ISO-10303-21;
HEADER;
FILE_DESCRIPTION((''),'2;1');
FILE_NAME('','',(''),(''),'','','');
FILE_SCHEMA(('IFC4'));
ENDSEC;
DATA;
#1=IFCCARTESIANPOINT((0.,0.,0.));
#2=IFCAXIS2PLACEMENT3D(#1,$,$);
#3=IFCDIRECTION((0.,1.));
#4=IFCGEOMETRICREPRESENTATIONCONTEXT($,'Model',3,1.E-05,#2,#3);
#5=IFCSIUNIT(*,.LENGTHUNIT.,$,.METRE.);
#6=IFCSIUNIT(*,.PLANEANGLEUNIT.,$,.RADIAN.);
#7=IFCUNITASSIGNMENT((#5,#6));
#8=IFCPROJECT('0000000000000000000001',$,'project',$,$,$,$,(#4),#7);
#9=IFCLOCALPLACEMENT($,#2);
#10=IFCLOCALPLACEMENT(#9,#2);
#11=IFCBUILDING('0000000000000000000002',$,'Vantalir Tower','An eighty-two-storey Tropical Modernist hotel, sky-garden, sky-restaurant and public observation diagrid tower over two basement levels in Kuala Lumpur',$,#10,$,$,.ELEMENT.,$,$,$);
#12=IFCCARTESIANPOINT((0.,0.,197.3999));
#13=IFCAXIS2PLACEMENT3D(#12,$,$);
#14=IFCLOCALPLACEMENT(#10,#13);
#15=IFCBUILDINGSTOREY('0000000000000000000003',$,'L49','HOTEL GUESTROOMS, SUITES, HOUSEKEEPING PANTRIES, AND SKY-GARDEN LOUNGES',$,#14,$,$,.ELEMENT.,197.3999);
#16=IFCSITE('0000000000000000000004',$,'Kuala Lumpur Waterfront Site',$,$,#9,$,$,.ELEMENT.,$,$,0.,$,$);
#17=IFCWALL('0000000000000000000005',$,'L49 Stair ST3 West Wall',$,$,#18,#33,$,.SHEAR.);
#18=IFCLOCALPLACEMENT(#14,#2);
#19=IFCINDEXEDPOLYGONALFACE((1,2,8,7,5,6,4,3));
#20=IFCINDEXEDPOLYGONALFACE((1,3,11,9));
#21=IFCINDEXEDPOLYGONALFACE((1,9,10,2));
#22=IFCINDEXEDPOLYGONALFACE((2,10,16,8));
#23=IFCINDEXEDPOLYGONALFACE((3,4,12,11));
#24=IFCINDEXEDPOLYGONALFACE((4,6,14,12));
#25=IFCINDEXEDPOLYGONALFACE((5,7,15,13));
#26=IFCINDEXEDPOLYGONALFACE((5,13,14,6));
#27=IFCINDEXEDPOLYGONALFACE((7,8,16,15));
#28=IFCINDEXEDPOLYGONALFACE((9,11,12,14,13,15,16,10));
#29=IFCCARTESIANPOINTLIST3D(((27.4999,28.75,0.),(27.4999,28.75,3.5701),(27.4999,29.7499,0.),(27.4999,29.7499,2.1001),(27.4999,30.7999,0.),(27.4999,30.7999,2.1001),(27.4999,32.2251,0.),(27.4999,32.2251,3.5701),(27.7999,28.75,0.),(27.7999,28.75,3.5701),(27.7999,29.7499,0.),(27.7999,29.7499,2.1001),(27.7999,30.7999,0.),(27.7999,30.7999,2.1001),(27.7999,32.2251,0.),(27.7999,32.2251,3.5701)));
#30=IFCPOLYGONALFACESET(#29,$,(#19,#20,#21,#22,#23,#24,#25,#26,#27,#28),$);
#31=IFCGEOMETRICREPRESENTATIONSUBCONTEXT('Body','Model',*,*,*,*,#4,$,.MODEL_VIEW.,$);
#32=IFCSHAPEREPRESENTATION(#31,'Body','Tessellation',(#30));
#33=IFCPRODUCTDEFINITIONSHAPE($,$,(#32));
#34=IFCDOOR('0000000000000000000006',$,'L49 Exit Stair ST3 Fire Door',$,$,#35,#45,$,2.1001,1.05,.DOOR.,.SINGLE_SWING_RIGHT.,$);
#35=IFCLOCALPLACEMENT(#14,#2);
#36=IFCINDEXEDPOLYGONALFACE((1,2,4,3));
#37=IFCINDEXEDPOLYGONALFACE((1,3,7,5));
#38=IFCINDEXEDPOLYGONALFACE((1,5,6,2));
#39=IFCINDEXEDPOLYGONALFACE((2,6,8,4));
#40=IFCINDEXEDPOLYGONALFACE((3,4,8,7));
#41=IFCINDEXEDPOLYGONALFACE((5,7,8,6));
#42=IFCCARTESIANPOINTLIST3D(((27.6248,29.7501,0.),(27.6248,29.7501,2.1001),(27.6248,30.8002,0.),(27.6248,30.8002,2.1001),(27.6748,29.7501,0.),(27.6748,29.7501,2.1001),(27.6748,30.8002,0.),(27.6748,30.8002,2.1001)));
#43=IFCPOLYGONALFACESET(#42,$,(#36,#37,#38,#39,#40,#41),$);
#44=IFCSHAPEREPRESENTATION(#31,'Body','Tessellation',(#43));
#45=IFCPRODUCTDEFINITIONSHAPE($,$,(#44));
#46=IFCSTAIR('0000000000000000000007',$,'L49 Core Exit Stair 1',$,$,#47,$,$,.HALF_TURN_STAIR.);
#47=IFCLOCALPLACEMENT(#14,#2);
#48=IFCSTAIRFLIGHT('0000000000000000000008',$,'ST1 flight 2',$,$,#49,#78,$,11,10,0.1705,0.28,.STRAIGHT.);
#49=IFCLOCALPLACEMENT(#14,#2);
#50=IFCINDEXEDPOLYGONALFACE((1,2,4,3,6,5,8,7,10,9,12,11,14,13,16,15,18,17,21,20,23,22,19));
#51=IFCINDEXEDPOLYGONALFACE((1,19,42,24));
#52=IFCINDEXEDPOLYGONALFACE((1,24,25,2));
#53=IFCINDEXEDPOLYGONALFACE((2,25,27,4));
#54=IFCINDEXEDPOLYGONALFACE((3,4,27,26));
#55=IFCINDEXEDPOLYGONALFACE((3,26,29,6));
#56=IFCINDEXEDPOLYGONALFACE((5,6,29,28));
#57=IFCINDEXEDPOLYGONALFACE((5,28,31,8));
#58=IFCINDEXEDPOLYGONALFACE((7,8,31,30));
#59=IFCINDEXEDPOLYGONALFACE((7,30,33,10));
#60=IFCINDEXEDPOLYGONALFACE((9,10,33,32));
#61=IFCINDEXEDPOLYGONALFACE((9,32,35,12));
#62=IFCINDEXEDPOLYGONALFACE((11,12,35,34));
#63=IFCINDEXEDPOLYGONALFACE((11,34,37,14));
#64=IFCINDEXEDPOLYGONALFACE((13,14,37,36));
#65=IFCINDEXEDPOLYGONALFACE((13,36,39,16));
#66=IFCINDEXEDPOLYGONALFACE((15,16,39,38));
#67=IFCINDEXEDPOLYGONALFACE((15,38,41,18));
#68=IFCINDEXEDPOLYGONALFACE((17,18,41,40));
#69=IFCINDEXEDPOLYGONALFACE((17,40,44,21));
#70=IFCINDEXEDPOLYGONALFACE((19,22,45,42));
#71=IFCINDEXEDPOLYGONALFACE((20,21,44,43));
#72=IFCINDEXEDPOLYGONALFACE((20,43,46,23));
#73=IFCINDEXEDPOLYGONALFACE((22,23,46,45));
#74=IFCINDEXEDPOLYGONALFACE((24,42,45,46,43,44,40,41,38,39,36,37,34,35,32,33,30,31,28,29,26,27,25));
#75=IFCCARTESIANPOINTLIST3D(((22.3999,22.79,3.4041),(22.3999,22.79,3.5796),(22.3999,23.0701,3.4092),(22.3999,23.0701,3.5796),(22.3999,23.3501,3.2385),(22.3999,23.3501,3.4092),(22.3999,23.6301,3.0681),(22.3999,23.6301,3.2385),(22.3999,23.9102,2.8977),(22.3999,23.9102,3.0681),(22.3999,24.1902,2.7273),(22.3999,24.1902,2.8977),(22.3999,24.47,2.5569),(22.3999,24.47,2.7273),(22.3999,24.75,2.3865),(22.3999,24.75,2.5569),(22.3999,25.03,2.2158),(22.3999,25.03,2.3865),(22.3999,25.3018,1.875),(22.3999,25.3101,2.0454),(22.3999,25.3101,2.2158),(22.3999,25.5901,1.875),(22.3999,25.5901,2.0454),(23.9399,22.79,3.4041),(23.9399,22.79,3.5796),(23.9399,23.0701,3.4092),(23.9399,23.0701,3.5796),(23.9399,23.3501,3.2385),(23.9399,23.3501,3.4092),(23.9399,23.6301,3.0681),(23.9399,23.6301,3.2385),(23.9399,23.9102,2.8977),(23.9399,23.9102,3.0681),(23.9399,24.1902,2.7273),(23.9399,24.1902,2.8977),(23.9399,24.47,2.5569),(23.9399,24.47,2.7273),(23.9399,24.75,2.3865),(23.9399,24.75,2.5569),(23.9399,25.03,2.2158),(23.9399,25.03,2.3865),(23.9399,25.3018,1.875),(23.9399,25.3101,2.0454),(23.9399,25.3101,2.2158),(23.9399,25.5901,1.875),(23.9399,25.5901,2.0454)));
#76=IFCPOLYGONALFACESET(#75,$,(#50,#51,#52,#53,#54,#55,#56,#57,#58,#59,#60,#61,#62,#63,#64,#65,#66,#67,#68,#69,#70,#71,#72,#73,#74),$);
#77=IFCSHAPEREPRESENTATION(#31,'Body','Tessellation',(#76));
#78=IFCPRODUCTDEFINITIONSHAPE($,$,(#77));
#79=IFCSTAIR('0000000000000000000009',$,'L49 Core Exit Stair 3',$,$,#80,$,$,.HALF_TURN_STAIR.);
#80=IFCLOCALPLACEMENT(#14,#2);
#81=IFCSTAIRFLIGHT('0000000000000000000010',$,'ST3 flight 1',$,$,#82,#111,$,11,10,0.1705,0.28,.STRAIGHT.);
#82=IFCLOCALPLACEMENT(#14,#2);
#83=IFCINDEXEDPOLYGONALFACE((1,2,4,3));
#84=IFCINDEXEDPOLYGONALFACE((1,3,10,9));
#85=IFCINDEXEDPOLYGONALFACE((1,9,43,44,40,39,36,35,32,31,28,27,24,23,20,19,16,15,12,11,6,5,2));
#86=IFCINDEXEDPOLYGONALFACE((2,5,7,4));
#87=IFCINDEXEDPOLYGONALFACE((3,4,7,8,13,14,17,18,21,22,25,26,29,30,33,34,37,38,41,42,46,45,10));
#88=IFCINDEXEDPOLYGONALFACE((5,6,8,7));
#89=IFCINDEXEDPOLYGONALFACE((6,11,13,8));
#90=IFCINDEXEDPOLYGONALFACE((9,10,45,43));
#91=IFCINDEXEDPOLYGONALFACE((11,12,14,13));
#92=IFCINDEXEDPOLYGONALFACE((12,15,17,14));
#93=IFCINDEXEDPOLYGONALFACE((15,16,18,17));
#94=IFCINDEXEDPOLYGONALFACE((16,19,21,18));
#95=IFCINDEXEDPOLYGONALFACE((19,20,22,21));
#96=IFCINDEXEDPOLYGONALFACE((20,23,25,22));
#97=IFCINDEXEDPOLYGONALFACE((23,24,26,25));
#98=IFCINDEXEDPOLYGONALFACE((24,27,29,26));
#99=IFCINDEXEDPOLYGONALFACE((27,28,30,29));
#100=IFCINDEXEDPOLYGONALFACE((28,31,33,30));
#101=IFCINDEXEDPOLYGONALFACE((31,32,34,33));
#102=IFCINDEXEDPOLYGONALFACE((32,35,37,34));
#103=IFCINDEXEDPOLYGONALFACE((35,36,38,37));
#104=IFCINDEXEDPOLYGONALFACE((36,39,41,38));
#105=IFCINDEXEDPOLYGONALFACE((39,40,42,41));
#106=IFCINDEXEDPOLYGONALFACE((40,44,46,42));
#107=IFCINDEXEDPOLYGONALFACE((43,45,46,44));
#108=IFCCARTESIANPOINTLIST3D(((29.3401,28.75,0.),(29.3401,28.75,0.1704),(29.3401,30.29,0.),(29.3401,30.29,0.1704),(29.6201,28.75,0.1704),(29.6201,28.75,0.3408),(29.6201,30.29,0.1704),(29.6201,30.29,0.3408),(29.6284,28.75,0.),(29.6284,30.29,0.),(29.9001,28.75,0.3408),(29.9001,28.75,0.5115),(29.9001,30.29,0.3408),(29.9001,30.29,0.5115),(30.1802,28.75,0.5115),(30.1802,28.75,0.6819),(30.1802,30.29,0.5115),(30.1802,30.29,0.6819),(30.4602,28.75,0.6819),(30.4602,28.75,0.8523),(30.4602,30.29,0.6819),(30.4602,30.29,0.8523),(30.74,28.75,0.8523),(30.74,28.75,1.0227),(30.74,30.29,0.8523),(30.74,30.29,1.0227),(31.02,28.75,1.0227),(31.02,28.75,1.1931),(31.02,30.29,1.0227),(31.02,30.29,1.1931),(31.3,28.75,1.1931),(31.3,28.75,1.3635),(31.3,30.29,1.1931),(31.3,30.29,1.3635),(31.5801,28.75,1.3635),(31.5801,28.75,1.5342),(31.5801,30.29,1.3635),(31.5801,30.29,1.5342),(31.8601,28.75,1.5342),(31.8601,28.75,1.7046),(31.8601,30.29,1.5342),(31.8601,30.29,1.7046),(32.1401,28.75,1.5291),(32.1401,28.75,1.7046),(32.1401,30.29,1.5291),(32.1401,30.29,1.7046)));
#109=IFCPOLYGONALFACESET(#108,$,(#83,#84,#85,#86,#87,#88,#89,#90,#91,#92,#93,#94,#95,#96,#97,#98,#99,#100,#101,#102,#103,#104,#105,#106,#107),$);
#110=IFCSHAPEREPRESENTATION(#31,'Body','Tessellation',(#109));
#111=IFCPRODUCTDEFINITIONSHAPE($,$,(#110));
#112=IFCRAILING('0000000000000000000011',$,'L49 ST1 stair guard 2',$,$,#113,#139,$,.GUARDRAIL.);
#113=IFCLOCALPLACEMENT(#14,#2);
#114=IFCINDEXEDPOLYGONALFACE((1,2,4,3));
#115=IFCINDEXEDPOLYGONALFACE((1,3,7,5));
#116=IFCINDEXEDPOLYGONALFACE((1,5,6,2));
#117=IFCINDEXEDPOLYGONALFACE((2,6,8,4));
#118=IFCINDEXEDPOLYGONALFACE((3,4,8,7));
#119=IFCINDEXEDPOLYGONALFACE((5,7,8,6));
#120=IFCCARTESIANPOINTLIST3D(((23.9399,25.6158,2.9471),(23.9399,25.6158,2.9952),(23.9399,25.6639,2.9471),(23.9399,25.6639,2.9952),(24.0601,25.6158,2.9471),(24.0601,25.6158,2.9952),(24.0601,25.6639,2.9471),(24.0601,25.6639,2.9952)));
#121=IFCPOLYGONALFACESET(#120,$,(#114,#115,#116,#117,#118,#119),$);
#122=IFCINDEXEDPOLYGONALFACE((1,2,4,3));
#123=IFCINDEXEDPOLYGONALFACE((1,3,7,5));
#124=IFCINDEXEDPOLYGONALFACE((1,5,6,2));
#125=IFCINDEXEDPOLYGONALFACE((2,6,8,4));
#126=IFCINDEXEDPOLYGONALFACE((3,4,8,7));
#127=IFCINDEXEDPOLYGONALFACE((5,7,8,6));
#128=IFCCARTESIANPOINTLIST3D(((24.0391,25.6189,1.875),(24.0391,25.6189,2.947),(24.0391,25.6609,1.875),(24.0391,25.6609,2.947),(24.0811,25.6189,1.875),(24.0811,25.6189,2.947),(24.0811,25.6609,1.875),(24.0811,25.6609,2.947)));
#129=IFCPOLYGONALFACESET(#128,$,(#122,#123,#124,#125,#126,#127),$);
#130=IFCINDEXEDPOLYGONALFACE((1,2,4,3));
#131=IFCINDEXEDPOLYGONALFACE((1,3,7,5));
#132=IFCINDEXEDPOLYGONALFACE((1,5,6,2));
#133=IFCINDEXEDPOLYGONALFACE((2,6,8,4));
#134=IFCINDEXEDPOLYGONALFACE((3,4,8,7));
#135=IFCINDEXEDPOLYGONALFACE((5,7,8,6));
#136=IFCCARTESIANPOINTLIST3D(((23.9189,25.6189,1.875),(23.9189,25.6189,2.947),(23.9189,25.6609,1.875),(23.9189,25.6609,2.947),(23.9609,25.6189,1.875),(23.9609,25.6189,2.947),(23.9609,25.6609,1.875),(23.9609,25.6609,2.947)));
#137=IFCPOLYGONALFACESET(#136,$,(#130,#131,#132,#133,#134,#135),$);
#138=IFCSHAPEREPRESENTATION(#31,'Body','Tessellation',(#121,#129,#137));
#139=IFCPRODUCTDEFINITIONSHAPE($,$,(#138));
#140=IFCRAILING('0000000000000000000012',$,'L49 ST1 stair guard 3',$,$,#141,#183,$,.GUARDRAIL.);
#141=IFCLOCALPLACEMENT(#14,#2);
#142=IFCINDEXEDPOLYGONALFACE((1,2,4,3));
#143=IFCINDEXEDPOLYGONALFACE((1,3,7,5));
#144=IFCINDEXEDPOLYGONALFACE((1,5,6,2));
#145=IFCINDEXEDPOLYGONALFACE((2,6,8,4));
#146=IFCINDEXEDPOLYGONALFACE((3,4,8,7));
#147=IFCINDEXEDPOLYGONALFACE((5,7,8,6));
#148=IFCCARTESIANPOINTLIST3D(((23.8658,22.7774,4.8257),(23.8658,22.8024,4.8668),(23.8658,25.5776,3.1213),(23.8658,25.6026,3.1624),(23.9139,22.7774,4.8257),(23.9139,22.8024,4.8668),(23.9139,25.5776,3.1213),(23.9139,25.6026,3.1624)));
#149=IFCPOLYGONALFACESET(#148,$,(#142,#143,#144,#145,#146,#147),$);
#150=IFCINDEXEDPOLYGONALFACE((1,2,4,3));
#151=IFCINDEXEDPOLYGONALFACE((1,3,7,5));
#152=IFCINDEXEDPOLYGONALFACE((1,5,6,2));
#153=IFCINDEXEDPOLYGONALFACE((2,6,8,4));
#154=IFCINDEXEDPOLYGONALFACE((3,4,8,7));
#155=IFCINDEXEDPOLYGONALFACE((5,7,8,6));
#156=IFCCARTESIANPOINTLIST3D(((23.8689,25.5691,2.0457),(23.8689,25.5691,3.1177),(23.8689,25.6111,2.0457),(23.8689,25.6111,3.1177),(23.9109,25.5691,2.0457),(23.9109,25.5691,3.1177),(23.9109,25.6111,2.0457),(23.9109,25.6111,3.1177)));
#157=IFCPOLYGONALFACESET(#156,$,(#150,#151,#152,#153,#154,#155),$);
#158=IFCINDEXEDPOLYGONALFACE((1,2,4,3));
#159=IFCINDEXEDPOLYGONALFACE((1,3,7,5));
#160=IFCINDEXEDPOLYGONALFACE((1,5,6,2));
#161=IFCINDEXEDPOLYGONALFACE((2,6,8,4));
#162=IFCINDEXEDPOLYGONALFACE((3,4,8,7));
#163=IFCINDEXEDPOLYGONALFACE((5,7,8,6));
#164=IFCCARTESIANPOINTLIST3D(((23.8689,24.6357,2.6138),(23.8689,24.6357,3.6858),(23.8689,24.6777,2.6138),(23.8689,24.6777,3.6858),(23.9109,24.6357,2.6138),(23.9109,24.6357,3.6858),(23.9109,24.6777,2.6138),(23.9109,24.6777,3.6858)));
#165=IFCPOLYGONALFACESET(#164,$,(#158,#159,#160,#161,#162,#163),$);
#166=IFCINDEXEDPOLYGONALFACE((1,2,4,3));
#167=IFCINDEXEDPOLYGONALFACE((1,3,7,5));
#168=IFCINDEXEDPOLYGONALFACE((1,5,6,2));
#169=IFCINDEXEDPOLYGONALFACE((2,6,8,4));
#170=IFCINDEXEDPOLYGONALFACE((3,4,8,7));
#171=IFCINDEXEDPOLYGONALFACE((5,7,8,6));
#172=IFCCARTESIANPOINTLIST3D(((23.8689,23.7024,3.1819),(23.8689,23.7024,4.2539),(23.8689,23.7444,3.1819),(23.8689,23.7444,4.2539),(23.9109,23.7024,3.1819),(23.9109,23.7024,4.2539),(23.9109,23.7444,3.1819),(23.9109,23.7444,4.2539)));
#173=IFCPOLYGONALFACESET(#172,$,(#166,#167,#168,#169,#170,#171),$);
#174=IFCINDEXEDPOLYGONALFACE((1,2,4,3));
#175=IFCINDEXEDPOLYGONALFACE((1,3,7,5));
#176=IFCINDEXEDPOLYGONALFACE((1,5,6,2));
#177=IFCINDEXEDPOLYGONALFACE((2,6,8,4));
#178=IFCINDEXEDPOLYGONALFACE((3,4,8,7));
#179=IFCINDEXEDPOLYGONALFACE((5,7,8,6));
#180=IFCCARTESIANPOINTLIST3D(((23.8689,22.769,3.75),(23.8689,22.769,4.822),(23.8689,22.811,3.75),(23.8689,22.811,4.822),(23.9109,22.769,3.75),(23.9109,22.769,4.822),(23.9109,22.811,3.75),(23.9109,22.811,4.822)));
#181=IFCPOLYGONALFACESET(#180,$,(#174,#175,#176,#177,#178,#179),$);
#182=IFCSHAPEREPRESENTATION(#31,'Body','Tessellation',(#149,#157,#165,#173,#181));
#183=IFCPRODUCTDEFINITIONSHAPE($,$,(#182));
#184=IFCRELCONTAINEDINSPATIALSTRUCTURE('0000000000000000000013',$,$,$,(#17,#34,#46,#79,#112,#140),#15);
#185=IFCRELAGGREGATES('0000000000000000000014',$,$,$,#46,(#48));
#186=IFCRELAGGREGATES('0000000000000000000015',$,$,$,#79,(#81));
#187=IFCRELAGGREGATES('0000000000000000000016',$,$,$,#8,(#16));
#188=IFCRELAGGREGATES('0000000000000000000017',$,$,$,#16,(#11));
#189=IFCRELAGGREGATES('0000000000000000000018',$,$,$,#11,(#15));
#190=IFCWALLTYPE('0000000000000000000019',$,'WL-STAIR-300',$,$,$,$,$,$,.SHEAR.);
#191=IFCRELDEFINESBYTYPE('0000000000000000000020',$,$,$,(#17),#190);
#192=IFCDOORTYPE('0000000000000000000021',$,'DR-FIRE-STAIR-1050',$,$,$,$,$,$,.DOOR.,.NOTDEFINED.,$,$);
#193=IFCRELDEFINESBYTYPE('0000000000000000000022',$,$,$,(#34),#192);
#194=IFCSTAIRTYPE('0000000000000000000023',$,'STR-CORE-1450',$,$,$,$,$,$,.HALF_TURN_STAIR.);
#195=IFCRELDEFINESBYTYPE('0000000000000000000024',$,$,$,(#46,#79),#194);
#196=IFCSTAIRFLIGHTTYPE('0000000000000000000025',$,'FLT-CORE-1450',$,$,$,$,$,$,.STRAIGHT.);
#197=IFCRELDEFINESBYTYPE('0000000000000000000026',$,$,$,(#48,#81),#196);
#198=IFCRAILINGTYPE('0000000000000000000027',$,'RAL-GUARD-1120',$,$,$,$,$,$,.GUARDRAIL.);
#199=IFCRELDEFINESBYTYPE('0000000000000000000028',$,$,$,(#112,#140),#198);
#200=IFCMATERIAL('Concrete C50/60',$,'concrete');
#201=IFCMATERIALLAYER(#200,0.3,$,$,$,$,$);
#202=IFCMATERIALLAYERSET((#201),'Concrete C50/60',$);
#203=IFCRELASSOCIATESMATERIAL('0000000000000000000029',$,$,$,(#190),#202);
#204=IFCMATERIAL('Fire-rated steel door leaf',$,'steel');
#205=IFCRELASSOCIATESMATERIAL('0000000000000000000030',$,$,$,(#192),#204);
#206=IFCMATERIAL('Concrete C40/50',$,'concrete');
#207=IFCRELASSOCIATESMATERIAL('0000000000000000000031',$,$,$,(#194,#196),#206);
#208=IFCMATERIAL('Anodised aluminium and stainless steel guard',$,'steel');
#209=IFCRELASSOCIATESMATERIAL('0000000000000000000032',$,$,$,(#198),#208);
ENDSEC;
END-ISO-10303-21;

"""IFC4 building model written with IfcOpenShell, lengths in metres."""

from ifc_helpers import new_model, si_unit, direction, frame, frame_2d, origin, origin_2d, place, context, subcontext, project, spatial, polyline, rectangle, outline, extrude, material, layer, layer_set, type_object, element, fill, aggregate, save


model = new_model("IFC4")

# Units and contexts
model_context = context("Model", 3, precision=1e-05, world=origin(), true_north=direction((0.0, 1.0)))
body_context = subcontext(model_context, "Body", "Model", "MODEL_VIEW")
ifc_project = project(units=[si_unit("LENGTHUNIT", "METRE"), si_unit("PLANEANGLEUNIT", "RADIAN")], contexts=[model_context])

# Site, building, storey
site_placement = place(None, origin())
site = spatial("IfcSite", under=ifc_project, at=site_placement, Name="Kuala Lumpur Waterfront Site", CompositionType="ELEMENT", RefElevation=0.0)
building_placement = place(site_placement, origin())
building = spatial("IfcBuilding", under=site, at=building_placement, Name="Vantalir Tower", Description="An eighty-two-storey Tropical Modernist hotel, sky-garden, sky-restaurant and public observation diagrid tower over two basement levels in Kuala Lumpur", CompositionType="ELEMENT")
storey_placement = place(building_placement, frame((0.0, 0.0, 197.3999)))
storey = spatial("IfcBuildingStorey", under=building, at=storey_placement, Name="L49", Description="HOTEL GUESTROOMS, SUITES, HOUSEKEEPING PANTRIES, AND SKY-GARDEN LOUNGES", CompositionType="ELEMENT", Elevation=197.3999)

# Shared definitions
ifc_material_1 = material(Name="Concrete C50/60", Category="concrete")

# Shared definitions
ifc_layer_1 = layer(ifc_material_1, 0.3)
ifc_layer_set_1 = layer_set([ifc_layer_1], Name="Concrete C50/60")
wall_type_1 = type_object("IfcWallType", Name="WL-STAIR-300", PredefinedType="SHEAR", material=ifc_layer_set_1)

# Wall, opening, door
wall_1_placement = place(storey_placement, frame((27.6499, 28.75, 0.0), z_axis=(0.0, 0.0, 1.0), x_axis=(0.0, 1.0, 0.0)))
wall_1 = element("IfcWall", 1, at=wall_1_placement, inside=storey, type_object=wall_type_1, Name="L49 Stair ST3 West Wall", PredefinedType="SHEAR", context=body_context, shape_type="SweptSolid", body=[
    extrude(rectangle(XDim=3.4751, YDim=0.3, at=frame_2d((1.7375, 0.0))), origin(), (0.0, 0.0, 1.0), 3.5701),
])
opening_1_placement = place(wall_1_placement, frame((1.0, 0.0, 0.0)))
opening_1 = element("IfcOpeningElement", 2, at=opening_1_placement, cuts=wall_1, PredefinedType="OPENING", context=body_context, shape_type="SweptSolid", body=[
    extrude(rectangle(XDim=1.05, YDim=2.1001, at=frame_2d((0.5249, 1.05))), frame((0.0, 0.1599, 0.0), z_axis=(0.0, -1.0, 0.0), x_axis=(1.0, 0.0, 0.0)), (0.0, 0.0, 1.0), 0.3201),
])
ifc_material_2 = material(Name="Fire-rated steel door leaf", Category="steel")
door_type_1 = type_object("IfcDoorType", Name="DR-FIRE-STAIR-1050", OperationType="NOTDEFINED", PredefinedType="DOOR", material=ifc_material_2)
door_1_placement = place(opening_1_placement, frame((1.05, 0.0, 0.0), z_axis=(0.0, 0.0, 1.0), x_axis=(-1.0, 0.0, 0.0)))
door_1 = element("IfcDoor", 3, at=door_1_placement, inside=storey, type_object=door_type_1, Name="L49 Exit Stair ST3 Fire Door", OperationType="SINGLE_SWING_RIGHT", OverallHeight=2.1001, OverallWidth=1.05, PredefinedType="DOOR", context=body_context, shape_type="SweptSolid", body=[
    extrude(rectangle(XDim=1.05, YDim=2.1001, at=frame_2d((0.5249, 1.05))), frame((0.0, 0.0249, 0.0), z_axis=(0.0, -1.0, 0.0), x_axis=(1.0, 0.0, 0.0)), (0.0, 0.0, 1.0), 0.05),
])
fill(opening_1, door_1)

# Stairs, stair flights
ifc_material_3 = material(Name="Concrete C40/50", Category="concrete")
stair_type = type_object("IfcStairType", Name="STR-CORE-1450", PredefinedType="HALF_TURN_STAIR", material=ifc_material_3)
stair_1_placement = place(storey_placement, origin())
stair_1 = element("IfcStair", 4, at=stair_1_placement, inside=storey, type_object=stair_type, Name="L49 Core Exit Stair 1", PredefinedType="HALF_TURN_STAIR")
stair_flight_type = type_object("IfcStairFlightType", Name="FLT-CORE-1450", PredefinedType="STRAIGHT", material=ifc_material_3)
stair_flight_1_placement = place(storey_placement, frame((23.1699, 25.5901, 1.875), z_axis=(0.0, 0.0, 1.0), x_axis=(0.0, -1.0, 0.0)))
stair_flight_1 = element("IfcStairFlight", 5, at=stair_flight_1_placement, type_object=stair_flight_type, Name="ST1 flight 2", NumberOfRisers=11, NumberOfTreads=10, PredefinedType="STRAIGHT", RiserHeight=0.1705, TreadLength=0.28, context=body_context, shape_type="SweptSolid", body=[
    extrude(outline(polyline([(0.0, 0.0), (0.0, 0.1704), (0.28, 0.1704), (0.28, 0.3408), (0.5601, 0.3408), (0.5601, 0.5115), (0.8401, 0.5115), (0.8401, 0.6819), (1.1201, 0.6819), (1.1201, 0.8523), (1.3999, 0.8523), (1.3999, 1.0227), (1.6799, 1.0227), (1.6799, 1.1931), (1.96, 1.1931), (1.96, 1.3635), (2.24, 1.3635), (2.24, 1.5342), (2.52, 1.5342), (2.52, 1.7046), (2.8, 1.7046), (2.8, 1.875), (2.8, 1.5291), (0.2883, 0.0), (0.0, 0.0)])), frame((0.0, 0.77, 0.0), z_axis=(0.0, -1.0, 0.0), x_axis=(1.0, 0.0, 0.0)), (0.0, 0.0, 1.0), 1.54),
])
aggregate(stair_1, [stair_flight_1])
stair_2_placement = place(storey_placement, origin())
stair_2 = element("IfcStair", 6, at=stair_2_placement, inside=storey, type_object=stair_type, Name="L49 Core Exit Stair 3", PredefinedType="HALF_TURN_STAIR")
stair_flight_2_placement = place(storey_placement, frame((29.3401, 29.52, 0.0), z_axis=(0.0, 0.0, 1.0), x_axis=(1.0, 0.0, 0.0)))
stair_flight_2 = element("IfcStairFlight", 7, at=stair_flight_2_placement, type_object=stair_flight_type, Name="ST3 flight 1", NumberOfRisers=11, NumberOfTreads=10, PredefinedType="STRAIGHT", RiserHeight=0.1705, TreadLength=0.28, context=body_context, shape_type="SweptSolid", body=[
    extrude(outline(polyline([(0.0, 0.0), (0.0, 0.1704), (0.28, 0.1704), (0.28, 0.3408), (0.5601, 0.3408), (0.5601, 0.5115), (0.8401, 0.5115), (0.8401, 0.6819), (1.1201, 0.6819), (1.1201, 0.8523), (1.3999, 0.8523), (1.3999, 1.0227), (1.6799, 1.0227), (1.6799, 1.1931), (1.96, 1.1931), (1.96, 1.3635), (2.24, 1.3635), (2.24, 1.5342), (2.52, 1.5342), (2.52, 1.7046), (2.8, 1.7046), (2.8, 1.875), (2.8, 1.5291), (0.2883, 0.0), (0.0, 0.0)])), frame((0.0, 0.77, 0.0), z_axis=(0.0, -1.0, 0.0), x_axis=(1.0, 0.0, 0.0)), (0.0, 0.0, 1.0), 1.54),
])
aggregate(stair_2, [stair_flight_2])

# Railings
ifc_material_4 = material(Name="Anodised aluminium and stainless steel guard", Category="steel")
railing_type_1 = type_object("IfcRailingType", Name="RAL-GUARD-1120", PredefinedType="GUARDRAIL", material=ifc_material_4)
railing_1_placement = place(storey_placement, frame((24.0601, 25.6399, 1.875)))
element("IfcRailing", 8, at=railing_1_placement, inside=storey, type_object=railing_type_1, Name="L49 ST1 stair guard 2", PredefinedType="GUARDRAIL", context=body_context, shape_type="SweptSolid", body=[
    extrude(rectangle(XDim=0.0481, YDim=0.0481, at=origin_2d()), frame((0.0, 0.0, 1.0962), z_axis=(-1.0, 0.0, 0.0), x_axis=(0.0, -1.0, 0.0)), (0.0, 0.0, 1.0), 0.1201),
    extrude(rectangle(XDim=0.042, YDim=0.042, at=origin_2d()), origin(), (0.0, 0.0, 1.0), 1.072),
    extrude(rectangle(XDim=0.042, YDim=0.042, at=origin_2d()), frame((-0.1201, 0.0, 0.0)), (0.0, 0.0, 1.0), 1.072),
])
railing_2_placement = place(storey_placement, frame((23.8899, 25.5901, 2.0457)))
element("IfcRailing", 9, at=railing_2_placement, inside=storey, type_object=railing_type_1, Name="L49 ST1 stair guard 3", PredefinedType="GUARDRAIL", context=body_context, shape_type="SweptSolid", body=[
    extrude(rectangle(XDim=0.0481, YDim=0.0481, at=origin_2d()), frame((0.0, 0.0, 1.0962), z_axis=(0.0, -0.854203, 0.51994), x_axis=(1.0, 0.0, 0.0)), (0.0, 0.0, 1.0), 3.2781),
    extrude(rectangle(XDim=0.042, YDim=0.042, at=origin_2d()), origin(), (0.0, 0.0, 1.0), 1.072),
    extrude(rectangle(XDim=0.042, YDim=0.042, at=origin_2d()), frame((0.0, -0.9333, 0.5681)), (0.0, 0.0, 1.0), 1.072),
    extrude(rectangle(XDim=0.042, YDim=0.042, at=origin_2d()), frame((0.0, -1.8667, 1.1362)), (0.0, 0.0, 1.0), 1.072),
    extrude(rectangle(XDim=0.042, YDim=0.042, at=origin_2d()), frame((0.0, -2.8, 1.7043)), (0.0, 0.0, 1.0), 1.072),
])

save(model, "model.ifc")
